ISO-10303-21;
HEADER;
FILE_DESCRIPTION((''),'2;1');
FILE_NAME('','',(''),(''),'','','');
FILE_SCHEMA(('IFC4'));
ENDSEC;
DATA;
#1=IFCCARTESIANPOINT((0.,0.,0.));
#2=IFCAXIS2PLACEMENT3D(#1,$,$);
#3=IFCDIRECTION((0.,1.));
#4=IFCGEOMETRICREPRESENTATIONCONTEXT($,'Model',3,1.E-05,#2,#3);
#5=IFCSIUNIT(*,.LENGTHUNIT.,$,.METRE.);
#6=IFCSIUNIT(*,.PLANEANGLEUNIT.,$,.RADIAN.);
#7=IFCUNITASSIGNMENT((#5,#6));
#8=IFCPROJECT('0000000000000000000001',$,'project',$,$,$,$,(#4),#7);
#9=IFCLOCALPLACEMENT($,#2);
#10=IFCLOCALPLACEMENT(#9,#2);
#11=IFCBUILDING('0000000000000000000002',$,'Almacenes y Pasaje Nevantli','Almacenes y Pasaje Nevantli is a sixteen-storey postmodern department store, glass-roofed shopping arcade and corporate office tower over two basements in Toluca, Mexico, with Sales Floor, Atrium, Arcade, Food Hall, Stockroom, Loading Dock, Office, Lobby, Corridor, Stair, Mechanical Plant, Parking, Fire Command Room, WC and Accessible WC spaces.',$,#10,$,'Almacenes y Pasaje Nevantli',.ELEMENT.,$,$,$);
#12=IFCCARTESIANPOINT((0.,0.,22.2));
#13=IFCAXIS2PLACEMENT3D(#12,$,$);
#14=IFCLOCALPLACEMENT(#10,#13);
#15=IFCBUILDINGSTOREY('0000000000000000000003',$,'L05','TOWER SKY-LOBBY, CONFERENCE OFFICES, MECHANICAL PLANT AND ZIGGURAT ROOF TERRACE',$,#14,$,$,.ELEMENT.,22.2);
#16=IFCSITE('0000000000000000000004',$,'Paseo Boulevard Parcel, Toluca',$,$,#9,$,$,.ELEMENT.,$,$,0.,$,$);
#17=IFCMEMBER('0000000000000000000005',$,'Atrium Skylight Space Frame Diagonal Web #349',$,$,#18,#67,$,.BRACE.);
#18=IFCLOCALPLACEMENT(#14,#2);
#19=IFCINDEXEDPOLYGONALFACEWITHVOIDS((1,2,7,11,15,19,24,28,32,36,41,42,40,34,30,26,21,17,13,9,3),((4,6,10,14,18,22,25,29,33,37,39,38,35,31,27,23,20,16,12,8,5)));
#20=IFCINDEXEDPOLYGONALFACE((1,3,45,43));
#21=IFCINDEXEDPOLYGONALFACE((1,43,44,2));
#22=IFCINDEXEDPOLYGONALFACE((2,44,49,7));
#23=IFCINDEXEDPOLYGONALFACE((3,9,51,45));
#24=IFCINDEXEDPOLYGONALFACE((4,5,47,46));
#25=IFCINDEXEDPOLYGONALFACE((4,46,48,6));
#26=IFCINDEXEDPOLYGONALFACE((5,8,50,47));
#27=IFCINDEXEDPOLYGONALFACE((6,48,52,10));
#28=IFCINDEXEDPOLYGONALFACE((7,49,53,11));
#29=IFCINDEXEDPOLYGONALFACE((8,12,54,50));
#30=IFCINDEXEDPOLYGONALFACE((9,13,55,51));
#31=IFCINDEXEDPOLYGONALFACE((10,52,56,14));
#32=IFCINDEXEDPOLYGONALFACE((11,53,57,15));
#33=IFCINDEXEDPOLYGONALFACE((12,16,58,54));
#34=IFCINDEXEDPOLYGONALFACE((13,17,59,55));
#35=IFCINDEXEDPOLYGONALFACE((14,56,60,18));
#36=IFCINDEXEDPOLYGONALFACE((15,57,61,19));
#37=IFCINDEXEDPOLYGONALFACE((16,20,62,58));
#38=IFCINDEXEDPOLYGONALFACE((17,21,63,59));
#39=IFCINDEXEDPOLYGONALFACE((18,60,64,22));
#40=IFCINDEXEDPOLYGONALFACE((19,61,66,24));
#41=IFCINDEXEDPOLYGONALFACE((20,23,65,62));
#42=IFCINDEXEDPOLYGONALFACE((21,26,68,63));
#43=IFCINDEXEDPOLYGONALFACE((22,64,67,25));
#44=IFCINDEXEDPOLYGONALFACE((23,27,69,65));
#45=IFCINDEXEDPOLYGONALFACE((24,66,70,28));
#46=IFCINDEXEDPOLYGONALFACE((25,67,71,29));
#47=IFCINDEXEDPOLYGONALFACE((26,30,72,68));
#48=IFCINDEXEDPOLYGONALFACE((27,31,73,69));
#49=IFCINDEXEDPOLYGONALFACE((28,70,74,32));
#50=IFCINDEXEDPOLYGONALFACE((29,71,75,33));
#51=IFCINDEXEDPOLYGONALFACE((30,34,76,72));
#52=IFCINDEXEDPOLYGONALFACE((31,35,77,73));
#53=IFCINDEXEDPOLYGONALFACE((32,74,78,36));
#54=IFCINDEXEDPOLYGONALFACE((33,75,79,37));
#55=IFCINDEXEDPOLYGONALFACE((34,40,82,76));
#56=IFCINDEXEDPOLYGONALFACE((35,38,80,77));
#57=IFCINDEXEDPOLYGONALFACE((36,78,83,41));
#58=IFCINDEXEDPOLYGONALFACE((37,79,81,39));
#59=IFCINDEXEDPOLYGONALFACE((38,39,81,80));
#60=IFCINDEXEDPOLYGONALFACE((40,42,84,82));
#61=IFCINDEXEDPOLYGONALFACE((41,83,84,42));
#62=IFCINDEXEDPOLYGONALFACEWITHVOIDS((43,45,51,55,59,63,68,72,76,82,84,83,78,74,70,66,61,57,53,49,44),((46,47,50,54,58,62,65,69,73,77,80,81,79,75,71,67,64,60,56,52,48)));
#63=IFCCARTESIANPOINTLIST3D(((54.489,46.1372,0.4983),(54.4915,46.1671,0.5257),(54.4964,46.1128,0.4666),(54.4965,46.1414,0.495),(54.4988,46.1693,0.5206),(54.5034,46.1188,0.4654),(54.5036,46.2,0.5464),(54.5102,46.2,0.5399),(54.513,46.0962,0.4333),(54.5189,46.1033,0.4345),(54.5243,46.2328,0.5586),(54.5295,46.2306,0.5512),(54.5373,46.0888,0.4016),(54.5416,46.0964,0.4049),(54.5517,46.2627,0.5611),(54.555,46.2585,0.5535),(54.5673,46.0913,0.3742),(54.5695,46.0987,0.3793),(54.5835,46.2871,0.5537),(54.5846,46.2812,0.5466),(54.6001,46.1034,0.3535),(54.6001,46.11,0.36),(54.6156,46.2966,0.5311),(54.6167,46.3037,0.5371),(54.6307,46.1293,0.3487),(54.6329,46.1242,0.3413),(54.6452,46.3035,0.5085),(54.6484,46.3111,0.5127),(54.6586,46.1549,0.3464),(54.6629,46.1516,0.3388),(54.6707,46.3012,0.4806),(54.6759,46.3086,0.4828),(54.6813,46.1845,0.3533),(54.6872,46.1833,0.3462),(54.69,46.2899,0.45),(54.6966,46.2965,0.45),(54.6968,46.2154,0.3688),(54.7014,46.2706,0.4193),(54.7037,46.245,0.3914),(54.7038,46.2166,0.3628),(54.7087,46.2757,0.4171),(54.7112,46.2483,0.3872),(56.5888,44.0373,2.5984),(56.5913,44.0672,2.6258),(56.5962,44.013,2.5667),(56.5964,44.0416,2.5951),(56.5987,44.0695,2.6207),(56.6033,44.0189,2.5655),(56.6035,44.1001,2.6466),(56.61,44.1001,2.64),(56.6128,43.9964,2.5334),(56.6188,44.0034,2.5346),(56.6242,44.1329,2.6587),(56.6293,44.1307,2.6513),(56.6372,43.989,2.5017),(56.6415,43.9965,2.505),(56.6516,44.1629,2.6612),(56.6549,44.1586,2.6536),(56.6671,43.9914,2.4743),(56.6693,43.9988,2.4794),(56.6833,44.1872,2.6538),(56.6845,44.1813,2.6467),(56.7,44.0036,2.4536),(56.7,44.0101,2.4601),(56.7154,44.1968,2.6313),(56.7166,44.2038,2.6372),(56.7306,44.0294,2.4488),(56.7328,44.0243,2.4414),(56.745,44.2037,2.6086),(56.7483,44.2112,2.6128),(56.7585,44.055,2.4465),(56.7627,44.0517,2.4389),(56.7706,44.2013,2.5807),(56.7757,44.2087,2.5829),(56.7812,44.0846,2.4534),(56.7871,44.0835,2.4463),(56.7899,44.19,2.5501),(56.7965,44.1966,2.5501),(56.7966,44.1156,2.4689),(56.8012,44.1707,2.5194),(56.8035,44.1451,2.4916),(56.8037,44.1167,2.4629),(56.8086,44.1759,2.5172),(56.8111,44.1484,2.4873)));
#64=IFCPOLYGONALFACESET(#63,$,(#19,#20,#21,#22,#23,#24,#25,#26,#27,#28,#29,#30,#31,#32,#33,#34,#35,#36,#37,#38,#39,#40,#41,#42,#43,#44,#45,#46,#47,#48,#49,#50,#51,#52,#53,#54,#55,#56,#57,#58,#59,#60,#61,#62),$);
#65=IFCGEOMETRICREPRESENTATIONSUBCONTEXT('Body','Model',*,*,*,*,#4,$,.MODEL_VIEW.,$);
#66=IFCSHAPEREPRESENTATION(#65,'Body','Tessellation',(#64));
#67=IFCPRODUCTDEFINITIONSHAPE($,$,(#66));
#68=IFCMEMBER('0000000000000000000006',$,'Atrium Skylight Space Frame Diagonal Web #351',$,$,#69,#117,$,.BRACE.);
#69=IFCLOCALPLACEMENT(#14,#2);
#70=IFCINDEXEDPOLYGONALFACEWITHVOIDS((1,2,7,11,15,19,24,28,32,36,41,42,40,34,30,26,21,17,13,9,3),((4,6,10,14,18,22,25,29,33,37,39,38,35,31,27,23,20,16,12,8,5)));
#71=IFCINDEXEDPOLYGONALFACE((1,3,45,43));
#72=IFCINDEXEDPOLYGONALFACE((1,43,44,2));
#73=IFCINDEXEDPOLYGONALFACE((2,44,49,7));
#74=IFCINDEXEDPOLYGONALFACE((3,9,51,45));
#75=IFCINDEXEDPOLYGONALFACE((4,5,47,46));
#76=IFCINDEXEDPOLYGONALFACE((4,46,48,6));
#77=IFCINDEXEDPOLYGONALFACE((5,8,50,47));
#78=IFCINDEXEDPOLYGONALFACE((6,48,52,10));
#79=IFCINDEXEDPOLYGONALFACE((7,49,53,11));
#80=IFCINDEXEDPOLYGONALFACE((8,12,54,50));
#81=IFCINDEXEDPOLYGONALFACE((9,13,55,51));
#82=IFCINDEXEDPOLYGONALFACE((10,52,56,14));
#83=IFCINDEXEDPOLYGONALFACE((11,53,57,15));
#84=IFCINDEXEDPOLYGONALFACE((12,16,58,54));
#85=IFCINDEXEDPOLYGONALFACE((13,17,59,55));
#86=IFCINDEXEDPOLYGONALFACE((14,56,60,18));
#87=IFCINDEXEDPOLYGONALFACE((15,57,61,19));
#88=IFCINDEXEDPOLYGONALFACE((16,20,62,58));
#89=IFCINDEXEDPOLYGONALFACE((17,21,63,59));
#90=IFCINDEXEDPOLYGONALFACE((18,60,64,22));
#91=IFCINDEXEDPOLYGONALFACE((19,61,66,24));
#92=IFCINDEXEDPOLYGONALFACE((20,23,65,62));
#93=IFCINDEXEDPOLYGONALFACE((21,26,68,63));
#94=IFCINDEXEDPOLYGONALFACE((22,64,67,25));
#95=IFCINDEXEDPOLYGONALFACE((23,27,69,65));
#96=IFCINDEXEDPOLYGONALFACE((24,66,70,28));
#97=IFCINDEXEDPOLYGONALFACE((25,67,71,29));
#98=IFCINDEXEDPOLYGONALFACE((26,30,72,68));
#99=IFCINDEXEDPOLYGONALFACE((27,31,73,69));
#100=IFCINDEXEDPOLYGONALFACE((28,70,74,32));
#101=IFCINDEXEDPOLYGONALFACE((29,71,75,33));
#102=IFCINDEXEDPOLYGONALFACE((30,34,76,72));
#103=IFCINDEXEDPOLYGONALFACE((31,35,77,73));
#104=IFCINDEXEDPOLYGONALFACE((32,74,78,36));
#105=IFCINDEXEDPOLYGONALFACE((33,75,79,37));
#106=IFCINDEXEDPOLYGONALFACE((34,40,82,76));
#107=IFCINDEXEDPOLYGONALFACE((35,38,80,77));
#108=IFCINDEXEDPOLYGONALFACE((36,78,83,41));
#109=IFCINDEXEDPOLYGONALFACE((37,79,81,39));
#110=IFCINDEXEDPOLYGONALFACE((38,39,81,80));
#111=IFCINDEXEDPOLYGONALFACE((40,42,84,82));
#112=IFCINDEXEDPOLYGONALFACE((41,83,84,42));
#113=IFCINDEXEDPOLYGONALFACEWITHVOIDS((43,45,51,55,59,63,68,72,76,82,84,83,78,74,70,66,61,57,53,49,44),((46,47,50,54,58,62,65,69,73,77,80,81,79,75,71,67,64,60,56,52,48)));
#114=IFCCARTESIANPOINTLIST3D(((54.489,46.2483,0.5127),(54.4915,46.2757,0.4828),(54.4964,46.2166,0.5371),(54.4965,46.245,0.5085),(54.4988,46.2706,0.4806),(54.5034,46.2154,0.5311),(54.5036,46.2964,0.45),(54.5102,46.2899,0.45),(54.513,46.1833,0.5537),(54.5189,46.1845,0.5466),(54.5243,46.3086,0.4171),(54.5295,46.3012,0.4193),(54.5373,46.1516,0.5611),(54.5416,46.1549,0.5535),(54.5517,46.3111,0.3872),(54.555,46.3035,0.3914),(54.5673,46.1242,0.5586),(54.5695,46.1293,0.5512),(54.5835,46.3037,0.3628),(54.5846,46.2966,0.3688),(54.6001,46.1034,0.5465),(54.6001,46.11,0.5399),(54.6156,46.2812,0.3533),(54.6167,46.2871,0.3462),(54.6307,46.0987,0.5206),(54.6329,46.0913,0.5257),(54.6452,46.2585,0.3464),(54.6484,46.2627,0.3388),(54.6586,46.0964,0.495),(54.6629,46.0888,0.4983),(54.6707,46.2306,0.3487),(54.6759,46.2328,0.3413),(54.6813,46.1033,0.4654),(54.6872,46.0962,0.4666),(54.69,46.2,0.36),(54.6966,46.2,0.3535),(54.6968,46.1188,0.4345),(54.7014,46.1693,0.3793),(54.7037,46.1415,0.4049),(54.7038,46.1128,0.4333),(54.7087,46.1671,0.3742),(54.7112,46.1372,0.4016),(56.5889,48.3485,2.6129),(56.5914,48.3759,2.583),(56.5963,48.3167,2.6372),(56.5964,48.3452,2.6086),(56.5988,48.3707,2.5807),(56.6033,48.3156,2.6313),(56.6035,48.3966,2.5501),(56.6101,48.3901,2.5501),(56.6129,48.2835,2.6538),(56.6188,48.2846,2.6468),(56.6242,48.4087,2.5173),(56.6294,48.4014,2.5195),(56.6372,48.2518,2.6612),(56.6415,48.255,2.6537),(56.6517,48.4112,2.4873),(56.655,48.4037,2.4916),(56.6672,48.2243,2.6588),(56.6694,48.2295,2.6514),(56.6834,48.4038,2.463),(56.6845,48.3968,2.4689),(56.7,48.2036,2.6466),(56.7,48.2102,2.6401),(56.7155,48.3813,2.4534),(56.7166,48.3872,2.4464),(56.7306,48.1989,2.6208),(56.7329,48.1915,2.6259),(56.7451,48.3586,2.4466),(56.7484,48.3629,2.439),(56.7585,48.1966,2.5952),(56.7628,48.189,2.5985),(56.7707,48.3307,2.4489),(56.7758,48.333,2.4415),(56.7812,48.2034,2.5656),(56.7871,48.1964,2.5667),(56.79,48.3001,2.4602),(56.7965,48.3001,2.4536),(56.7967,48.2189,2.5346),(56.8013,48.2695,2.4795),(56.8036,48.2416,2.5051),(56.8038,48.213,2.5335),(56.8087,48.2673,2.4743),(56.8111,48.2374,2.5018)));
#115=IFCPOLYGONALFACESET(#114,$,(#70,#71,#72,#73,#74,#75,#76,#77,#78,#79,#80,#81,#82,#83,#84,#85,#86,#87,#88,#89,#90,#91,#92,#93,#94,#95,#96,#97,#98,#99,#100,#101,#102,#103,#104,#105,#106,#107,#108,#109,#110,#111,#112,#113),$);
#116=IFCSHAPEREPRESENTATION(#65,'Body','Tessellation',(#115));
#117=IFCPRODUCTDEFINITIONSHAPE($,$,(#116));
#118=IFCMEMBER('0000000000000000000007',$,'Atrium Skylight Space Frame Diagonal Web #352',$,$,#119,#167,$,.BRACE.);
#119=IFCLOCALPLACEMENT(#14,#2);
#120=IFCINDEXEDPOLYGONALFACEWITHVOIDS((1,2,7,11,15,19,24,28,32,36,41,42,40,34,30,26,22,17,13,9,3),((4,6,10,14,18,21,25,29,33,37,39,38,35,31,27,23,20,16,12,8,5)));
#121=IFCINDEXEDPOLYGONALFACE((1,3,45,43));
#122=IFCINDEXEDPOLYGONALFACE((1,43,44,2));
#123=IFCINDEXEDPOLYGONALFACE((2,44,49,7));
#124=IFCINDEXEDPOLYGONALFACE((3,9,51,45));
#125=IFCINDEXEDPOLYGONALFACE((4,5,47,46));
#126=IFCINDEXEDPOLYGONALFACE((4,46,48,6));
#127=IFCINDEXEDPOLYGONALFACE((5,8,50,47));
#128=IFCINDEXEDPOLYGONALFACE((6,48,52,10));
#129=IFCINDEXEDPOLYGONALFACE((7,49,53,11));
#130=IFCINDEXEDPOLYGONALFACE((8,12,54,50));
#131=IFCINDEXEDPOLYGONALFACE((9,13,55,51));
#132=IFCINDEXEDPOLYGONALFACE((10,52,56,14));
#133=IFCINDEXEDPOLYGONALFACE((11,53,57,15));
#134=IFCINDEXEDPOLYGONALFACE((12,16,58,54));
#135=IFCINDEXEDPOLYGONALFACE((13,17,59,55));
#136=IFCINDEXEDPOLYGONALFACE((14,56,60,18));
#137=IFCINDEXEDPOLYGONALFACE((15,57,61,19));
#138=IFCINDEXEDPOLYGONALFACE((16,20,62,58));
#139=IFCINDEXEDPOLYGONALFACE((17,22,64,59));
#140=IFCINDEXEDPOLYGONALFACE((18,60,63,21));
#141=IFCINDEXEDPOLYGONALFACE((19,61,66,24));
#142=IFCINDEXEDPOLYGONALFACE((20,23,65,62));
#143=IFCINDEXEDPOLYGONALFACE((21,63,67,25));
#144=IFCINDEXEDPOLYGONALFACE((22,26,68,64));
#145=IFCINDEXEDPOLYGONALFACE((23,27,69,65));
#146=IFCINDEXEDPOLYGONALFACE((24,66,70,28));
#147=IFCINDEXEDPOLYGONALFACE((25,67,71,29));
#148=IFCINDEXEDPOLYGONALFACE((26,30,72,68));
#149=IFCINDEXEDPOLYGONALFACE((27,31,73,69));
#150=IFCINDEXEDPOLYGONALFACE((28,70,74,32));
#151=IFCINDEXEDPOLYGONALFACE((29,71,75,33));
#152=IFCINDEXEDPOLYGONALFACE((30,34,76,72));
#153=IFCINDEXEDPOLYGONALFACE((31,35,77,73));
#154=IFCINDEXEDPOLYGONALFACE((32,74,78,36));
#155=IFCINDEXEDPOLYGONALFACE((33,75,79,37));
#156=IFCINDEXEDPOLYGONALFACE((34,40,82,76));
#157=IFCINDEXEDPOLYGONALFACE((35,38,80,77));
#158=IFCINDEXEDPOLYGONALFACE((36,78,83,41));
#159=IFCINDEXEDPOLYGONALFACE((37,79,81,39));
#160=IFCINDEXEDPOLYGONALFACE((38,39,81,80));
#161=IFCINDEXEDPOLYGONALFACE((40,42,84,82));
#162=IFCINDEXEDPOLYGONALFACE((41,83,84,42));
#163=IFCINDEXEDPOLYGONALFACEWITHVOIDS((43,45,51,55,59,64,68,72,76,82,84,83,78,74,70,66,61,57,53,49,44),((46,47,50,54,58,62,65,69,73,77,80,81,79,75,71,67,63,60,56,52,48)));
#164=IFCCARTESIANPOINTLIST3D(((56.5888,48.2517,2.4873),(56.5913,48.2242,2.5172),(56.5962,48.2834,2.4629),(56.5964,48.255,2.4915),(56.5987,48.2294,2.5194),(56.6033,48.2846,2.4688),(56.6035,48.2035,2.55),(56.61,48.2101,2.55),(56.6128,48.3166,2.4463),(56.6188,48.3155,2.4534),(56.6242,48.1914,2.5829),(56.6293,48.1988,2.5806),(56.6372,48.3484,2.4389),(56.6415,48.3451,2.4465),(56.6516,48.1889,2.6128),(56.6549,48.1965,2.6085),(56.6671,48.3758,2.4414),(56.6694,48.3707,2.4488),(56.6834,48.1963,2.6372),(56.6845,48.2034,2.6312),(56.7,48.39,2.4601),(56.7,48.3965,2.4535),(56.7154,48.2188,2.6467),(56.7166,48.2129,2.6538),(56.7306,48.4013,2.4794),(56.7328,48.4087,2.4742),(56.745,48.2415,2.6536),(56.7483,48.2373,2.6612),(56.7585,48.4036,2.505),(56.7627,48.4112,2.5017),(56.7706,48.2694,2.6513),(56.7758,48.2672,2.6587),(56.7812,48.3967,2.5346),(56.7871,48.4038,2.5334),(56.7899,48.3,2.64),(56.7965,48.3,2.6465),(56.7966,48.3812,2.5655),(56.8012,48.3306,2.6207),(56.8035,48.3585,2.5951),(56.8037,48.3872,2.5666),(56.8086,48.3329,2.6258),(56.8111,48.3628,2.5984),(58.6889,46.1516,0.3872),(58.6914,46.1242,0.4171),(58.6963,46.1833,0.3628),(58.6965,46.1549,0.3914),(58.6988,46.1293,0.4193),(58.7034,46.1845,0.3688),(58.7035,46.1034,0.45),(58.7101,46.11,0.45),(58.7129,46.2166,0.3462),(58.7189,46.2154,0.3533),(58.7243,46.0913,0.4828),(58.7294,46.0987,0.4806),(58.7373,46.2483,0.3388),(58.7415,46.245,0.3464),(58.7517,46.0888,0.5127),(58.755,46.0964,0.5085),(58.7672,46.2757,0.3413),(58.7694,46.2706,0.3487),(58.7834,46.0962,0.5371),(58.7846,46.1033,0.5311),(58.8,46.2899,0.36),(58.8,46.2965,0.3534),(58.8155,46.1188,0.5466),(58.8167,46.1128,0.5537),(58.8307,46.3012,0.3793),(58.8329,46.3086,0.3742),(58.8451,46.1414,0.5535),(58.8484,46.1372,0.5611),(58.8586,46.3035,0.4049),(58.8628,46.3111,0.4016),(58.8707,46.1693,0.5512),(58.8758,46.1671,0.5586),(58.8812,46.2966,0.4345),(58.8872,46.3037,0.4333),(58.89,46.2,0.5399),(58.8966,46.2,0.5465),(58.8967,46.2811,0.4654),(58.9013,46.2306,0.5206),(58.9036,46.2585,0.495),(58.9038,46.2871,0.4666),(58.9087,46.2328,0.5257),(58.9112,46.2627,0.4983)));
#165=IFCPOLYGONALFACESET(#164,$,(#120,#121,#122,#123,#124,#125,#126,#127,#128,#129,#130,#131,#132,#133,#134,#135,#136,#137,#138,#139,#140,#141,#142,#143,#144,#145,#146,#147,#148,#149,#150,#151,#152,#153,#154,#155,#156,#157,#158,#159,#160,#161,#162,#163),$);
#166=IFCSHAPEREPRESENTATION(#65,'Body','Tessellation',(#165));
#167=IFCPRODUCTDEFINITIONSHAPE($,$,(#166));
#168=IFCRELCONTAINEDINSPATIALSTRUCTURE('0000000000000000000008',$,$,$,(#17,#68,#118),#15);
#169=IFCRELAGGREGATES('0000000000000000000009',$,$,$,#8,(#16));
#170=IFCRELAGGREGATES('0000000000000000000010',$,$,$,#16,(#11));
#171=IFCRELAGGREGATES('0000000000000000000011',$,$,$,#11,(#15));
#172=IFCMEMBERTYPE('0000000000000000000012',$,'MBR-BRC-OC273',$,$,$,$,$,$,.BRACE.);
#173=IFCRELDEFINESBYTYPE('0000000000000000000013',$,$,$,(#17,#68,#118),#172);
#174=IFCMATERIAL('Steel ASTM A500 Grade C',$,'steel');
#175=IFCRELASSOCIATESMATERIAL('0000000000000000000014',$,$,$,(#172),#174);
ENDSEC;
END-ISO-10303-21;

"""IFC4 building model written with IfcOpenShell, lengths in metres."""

from ifc_helpers import new_model, si_unit, direction, frame, origin, origin_2d, place, context, subcontext, project, spatial, hollow_circle, extrude, material, material_profile, profile_set, type_object, element, save


model = new_model("IFC4")

# Units and contexts
model_context = context("Model", 3, precision=1e-05, world=origin(), true_north=direction((0.0, 1.0)))
body_context = subcontext(model_context, "Body", "Model", "MODEL_VIEW")
ifc_project = project(units=[si_unit("LENGTHUNIT", "METRE"), si_unit("PLANEANGLEUNIT", "RADIAN")], contexts=[model_context])

# Site, building, storey
site_placement = place(None, origin())
site = spatial("IfcSite", under=ifc_project, at=site_placement, Name="Paseo Boulevard Parcel, Toluca", CompositionType="ELEMENT", RefElevation=0.0)
building_placement = place(site_placement, origin())
building = spatial("IfcBuilding", under=site, at=building_placement, Name="Almacenes y Pasaje Nevantli", Description="Almacenes y Pasaje Nevantli is a sixteen-storey postmodern department store, glass-roofed shopping arcade and corporate office tower over two basements in Toluca, Mexico, with Sales Floor, Atrium, Arcade, Food Hall, Stockroom, Loading Dock, Office, Lobby, Corridor, Stair, Mechanical Plant, Parking, Fire Command Room, WC and Accessible WC spaces.", LongName="Almacenes y Pasaje Nevantli", CompositionType="ELEMENT")
storey_placement = place(building_placement, frame((0.0, 0.0, 22.2)))
storey = spatial("IfcBuildingStorey", under=building, at=storey_placement, Name="L05", Description="TOWER SKY-LOBBY, CONFERENCE OFFICES, MECHANICAL PLANT AND ZIGGURAT ROOF TERRACE", CompositionType="ELEMENT", Elevation=22.2)

# Members
ifc_material_1 = material(Name="Steel ASTM A500 Grade C", Category="steel")
ifc_material_profile_1 = material_profile(ifc_material_1, hollow_circle(Radius=0.1365, WallThickness=0.0093, at=origin_2d()), Name="OC 273x9.3")
ifc_profile_set_1 = profile_set([ifc_material_profile_1], Name="Steel ASTM A500 Grade C")
member_type_1 = type_object("IfcMemberType", Name="MBR-BRC-OC273", PredefinedType="BRACE", material=ifc_profile_set_1)
member_1_placement = place(storey_placement, frame((54.6001, 46.2, 0.45), z_axis=(0.577328, -0.577328, 0.577395), x_axis=(0.707107, 0.707107, 0.0)))
element("IfcMember", 1, at=member_1_placement, inside=storey, type_object=member_type_1, Name="Atrium Skylight Space Frame Diagonal Web #349", PredefinedType="BRACE", context=body_context, shape_type="SweptSolid", body=[
    extrude(hollow_circle(Radius=0.1365, WallThickness=0.0093, at=origin_2d()), origin(), (0.0, 0.0, 1.0), 3.6372),
])
for number, where, z_axis, x_axis, name in (
    (2, (54.6001, 46.2, 0.45), (0.577306, 0.577373, 0.577373), (-0.707148, 0.707066, 0.0), "Atrium Skylight Space Frame Diagonal Web #351"),
    (3, (58.8, 46.2, 0.45), (-0.57735, 0.57735, 0.57735), (-0.707107, -0.707107, 0.0), "Atrium Skylight Space Frame Diagonal Web #352"),
):
    element("IfcMember", number, at=place(storey_placement, frame(where, z_axis=z_axis, x_axis=x_axis)), inside=storey, type_object=member_type_1, Name=name, PredefinedType="BRACE", context=body_context, shape_type="SweptSolid", body=[
        extrude(hollow_circle(Radius=0.1365, WallThickness=0.0093, at=origin_2d()), origin(), (0.0, 0.0, 1.0), 3.6375),
    ])

save(model, "model.ifc")
